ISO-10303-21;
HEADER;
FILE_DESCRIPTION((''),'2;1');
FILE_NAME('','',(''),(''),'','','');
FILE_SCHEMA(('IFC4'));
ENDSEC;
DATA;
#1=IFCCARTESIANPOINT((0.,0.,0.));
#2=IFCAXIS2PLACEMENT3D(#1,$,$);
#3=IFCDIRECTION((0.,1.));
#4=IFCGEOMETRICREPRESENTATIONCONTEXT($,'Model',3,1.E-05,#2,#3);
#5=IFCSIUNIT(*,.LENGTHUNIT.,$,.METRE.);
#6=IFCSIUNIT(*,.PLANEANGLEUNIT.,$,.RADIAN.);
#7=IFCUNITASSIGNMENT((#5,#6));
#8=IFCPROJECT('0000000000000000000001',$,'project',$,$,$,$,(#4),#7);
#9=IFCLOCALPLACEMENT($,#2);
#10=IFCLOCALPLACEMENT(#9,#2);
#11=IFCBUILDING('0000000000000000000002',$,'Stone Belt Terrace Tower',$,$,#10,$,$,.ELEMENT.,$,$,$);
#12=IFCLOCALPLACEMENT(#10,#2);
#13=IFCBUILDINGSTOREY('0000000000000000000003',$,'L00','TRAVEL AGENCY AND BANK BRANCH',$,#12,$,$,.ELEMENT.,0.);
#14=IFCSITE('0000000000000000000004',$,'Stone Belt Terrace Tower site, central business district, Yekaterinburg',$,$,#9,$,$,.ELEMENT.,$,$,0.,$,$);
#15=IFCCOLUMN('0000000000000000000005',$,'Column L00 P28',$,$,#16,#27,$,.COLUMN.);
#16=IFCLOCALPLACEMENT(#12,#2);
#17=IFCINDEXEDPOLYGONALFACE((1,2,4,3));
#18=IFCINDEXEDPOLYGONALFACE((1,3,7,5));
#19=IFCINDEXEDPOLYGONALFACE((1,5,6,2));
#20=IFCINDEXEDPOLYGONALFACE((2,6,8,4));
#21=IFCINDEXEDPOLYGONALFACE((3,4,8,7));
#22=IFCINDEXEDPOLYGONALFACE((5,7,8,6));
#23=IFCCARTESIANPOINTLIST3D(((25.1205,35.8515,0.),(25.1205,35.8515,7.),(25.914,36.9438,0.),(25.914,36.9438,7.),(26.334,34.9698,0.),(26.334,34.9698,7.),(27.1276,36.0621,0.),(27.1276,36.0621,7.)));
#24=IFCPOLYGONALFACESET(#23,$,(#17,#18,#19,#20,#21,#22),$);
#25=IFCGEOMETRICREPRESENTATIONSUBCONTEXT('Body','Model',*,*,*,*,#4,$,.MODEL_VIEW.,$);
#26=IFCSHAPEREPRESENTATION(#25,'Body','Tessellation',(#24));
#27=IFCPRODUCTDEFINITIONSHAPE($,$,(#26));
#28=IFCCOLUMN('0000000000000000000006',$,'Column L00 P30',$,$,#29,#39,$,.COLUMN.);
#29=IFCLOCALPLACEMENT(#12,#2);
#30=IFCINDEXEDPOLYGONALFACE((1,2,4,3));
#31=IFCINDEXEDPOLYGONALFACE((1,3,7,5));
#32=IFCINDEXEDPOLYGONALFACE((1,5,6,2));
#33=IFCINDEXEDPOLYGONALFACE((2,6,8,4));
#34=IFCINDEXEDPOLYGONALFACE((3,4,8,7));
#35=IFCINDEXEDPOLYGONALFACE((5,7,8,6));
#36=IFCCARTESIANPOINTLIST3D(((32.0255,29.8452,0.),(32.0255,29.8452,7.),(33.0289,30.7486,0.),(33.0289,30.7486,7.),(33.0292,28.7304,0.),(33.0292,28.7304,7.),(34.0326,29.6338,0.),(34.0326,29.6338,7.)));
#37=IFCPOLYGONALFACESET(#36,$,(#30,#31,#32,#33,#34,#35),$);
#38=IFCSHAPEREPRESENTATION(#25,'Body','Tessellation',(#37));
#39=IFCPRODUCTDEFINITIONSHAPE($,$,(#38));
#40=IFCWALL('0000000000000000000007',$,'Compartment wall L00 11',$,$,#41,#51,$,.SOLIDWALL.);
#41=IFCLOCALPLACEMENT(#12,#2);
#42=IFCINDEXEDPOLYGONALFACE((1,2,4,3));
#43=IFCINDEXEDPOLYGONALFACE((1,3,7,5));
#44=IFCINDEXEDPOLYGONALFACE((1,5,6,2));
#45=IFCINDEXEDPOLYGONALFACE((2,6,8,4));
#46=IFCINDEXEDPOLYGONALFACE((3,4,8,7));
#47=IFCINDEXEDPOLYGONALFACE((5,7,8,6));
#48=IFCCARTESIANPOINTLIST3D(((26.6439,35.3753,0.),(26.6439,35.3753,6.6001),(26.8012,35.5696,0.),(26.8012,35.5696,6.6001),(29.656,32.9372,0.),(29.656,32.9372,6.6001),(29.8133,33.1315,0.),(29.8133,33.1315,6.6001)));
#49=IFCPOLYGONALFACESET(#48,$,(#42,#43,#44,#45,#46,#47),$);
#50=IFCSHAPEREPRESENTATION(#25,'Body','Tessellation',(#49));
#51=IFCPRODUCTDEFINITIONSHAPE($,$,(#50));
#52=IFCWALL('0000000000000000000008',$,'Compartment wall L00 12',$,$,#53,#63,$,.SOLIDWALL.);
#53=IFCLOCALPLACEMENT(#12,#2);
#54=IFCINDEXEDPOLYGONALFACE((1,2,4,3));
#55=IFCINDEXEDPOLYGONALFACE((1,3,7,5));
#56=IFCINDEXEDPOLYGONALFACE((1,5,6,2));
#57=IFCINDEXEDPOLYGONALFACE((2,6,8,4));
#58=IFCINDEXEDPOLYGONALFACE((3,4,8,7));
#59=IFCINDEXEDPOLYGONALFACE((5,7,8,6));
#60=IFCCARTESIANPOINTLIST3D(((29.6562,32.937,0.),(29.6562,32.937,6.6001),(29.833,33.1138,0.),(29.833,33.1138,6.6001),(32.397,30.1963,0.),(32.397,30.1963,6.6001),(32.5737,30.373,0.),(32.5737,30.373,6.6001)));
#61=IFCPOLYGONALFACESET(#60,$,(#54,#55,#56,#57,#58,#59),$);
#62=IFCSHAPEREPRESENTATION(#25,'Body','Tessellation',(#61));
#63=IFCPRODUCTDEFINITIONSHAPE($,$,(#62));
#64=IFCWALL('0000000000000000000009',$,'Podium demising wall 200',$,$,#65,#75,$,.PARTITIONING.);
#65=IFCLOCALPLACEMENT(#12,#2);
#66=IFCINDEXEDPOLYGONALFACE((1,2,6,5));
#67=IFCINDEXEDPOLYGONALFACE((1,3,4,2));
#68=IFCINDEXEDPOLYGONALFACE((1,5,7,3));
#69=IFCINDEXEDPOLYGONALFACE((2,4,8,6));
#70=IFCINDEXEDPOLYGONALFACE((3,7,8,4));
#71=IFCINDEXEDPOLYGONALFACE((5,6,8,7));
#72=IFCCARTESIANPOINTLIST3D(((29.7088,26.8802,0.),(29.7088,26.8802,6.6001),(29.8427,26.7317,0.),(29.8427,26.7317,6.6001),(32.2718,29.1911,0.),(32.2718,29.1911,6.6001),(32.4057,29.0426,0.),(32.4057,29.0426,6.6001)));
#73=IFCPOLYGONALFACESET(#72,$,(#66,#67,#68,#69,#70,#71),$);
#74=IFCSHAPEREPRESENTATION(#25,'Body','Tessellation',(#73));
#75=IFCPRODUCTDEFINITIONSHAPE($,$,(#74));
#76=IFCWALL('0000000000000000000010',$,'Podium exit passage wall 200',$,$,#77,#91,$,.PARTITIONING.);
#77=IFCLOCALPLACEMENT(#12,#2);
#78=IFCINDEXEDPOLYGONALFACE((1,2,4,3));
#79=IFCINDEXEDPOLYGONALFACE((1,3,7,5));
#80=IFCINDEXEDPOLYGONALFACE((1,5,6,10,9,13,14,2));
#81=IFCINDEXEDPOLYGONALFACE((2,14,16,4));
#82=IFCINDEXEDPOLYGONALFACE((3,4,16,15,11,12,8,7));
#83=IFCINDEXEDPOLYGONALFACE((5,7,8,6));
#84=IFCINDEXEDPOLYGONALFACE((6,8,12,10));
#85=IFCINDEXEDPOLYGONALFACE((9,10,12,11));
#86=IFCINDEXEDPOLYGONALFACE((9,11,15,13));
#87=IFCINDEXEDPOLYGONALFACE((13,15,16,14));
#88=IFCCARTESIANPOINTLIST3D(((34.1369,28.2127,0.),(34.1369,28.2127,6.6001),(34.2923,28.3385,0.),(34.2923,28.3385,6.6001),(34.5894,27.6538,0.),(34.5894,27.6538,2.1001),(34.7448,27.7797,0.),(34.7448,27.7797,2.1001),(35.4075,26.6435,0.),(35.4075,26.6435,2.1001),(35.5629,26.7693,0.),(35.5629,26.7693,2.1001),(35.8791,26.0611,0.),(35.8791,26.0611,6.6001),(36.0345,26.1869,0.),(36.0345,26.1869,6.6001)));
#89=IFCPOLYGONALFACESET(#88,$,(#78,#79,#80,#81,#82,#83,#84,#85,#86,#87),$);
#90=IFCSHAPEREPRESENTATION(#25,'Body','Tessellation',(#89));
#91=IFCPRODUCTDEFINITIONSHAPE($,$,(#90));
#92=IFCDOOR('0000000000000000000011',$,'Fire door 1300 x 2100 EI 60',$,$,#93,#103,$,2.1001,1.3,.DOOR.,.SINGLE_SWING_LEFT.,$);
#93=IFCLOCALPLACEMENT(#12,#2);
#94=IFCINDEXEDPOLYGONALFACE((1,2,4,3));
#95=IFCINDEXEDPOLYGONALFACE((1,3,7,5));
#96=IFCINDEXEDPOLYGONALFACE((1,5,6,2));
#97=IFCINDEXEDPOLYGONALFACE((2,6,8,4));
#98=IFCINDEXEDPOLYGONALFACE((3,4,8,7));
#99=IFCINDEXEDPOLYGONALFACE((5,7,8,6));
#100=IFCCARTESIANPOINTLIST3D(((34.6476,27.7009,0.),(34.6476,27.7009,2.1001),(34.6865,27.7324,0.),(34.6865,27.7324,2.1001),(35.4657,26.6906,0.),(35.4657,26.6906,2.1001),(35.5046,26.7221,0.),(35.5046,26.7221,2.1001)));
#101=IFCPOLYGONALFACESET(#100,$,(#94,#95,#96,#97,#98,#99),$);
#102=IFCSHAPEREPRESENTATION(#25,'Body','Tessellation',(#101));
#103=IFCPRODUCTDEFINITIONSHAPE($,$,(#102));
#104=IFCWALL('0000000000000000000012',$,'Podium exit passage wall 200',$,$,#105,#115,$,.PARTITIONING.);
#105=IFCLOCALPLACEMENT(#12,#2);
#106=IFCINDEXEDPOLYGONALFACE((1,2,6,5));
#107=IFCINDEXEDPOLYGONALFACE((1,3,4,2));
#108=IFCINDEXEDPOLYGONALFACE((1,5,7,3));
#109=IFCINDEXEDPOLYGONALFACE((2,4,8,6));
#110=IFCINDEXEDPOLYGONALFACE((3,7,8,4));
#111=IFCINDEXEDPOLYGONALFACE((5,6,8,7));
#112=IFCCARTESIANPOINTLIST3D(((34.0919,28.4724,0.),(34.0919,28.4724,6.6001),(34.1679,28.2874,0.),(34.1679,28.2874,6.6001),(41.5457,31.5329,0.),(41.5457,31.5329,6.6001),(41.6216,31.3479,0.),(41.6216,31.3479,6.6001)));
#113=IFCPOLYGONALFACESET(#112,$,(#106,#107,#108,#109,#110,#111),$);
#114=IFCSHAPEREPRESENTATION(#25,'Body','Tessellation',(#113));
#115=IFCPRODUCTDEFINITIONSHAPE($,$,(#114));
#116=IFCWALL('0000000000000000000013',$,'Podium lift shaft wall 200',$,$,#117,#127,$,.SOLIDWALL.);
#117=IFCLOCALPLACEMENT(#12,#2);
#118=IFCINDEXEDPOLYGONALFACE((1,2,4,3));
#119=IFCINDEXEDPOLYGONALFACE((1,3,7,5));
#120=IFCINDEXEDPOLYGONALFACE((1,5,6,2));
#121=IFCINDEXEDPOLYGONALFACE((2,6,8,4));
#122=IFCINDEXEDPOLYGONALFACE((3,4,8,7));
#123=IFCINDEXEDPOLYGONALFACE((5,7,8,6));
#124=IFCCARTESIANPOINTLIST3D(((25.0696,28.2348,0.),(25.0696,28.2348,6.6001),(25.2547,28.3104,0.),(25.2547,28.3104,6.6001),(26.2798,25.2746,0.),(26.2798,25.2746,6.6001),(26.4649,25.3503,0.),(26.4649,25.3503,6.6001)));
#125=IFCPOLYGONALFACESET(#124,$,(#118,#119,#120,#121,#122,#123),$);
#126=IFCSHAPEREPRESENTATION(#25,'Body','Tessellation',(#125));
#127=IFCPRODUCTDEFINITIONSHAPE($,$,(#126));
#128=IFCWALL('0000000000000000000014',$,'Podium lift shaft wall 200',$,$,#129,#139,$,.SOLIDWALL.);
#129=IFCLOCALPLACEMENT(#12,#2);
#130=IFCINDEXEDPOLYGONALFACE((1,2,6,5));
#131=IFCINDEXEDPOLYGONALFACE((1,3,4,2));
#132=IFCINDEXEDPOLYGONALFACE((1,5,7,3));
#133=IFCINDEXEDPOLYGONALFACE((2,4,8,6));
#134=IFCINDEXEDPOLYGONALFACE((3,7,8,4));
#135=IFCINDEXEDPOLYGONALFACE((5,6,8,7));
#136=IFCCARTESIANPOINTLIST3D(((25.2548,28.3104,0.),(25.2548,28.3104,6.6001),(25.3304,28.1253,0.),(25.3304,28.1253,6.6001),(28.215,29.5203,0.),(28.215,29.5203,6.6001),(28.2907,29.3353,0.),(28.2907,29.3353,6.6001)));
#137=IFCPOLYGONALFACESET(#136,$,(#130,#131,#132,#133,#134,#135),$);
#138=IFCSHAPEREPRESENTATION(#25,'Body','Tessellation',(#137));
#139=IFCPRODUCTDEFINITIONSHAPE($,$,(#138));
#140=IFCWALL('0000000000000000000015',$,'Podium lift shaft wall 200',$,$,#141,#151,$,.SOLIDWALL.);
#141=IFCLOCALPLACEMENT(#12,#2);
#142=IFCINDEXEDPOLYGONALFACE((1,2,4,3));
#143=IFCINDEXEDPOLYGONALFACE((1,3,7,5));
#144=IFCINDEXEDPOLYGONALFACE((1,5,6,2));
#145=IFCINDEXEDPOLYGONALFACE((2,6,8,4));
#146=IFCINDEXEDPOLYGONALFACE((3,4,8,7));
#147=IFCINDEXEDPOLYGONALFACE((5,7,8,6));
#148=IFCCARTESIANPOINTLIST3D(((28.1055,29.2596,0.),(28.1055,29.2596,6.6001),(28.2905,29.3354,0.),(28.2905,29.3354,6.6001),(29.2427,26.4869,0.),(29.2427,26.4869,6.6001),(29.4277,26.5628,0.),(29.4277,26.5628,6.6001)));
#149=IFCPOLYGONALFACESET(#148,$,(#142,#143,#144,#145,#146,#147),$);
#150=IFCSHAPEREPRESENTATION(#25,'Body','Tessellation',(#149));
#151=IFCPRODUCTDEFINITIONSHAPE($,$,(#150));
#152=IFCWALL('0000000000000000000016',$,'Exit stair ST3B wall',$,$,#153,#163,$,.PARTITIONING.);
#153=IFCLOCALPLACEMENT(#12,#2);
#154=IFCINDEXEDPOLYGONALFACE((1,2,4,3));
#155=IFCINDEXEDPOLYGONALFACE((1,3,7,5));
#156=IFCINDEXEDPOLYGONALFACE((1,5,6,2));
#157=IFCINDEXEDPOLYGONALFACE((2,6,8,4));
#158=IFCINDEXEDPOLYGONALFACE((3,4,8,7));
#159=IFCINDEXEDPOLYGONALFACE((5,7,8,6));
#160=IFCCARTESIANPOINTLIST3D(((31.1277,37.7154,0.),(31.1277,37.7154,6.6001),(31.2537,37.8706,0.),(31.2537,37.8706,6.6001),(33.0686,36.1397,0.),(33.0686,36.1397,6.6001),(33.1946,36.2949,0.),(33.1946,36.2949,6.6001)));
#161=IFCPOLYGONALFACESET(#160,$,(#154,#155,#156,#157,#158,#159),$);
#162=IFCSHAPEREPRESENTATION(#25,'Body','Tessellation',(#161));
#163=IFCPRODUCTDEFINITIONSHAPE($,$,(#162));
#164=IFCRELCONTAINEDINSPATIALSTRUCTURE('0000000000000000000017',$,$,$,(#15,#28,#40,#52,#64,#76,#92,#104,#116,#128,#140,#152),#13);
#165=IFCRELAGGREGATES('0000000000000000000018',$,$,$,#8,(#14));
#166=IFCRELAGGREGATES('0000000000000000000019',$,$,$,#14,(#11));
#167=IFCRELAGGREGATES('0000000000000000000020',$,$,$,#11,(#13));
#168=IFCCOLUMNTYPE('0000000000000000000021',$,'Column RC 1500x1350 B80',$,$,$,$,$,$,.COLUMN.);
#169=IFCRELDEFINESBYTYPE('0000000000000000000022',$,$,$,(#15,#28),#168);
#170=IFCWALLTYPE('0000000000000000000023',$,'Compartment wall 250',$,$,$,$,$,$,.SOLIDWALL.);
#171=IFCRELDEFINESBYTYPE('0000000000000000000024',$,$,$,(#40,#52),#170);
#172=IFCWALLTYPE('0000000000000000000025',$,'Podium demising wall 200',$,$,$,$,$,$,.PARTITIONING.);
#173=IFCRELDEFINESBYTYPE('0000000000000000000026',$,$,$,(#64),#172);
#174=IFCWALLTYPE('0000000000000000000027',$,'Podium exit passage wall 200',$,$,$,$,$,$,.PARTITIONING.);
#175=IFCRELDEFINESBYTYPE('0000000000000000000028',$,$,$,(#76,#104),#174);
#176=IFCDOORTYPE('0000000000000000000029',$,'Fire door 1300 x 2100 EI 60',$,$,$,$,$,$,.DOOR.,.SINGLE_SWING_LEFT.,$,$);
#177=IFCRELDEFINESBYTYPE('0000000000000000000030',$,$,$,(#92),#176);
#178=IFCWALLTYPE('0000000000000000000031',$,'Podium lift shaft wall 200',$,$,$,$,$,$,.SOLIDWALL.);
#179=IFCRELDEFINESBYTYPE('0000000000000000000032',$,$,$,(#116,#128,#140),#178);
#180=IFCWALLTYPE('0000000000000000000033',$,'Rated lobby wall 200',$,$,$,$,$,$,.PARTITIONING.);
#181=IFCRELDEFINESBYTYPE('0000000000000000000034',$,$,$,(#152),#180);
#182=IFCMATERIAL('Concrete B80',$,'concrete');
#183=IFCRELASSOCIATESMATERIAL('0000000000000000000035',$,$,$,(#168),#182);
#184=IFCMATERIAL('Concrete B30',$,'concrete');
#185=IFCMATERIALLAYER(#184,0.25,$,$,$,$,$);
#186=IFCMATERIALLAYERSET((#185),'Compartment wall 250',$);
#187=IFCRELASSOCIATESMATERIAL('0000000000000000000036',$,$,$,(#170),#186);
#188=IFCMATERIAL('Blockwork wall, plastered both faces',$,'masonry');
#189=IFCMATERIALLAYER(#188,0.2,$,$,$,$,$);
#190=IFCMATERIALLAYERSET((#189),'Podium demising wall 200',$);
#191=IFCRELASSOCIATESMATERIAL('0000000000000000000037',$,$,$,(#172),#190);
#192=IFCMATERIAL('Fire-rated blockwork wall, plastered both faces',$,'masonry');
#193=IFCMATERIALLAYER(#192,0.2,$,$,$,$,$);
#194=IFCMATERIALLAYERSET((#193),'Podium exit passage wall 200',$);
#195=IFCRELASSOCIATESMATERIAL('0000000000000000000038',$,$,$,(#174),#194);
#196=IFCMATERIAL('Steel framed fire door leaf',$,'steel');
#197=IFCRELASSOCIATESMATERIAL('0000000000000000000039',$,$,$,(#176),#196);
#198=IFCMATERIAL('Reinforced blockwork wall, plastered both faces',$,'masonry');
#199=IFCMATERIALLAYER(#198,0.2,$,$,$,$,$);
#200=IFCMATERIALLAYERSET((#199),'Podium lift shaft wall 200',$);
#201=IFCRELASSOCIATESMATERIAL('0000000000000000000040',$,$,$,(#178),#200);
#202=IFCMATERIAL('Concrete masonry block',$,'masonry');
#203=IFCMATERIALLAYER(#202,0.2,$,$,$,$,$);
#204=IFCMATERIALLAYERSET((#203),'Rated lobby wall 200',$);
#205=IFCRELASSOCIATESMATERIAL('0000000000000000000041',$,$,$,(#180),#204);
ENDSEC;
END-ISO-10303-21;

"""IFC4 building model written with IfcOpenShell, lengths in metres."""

from ifc_helpers import new_model, si_unit, direction, frame, frame_2d, origin, origin_2d, place, context, subcontext, project, spatial, rectangle, extrude, material, layer, layer_set, material_profile, profile_set, type_object, element, fill, save


model = new_model("IFC4")

# Units and contexts
model_context = context("Model", 3, precision=1e-05, world=origin(), true_north=direction((0.0, 1.0)))
body_context = subcontext(model_context, "Body", "Model", "MODEL_VIEW")
ifc_project = project(units=[si_unit("LENGTHUNIT", "METRE"), si_unit("PLANEANGLEUNIT", "RADIAN")], contexts=[model_context])

# Site, building, storey
site_placement = place(None, origin())
site = spatial("IfcSite", under=ifc_project, at=site_placement, Name="Stone Belt Terrace Tower site, central business district, Yekaterinburg", CompositionType="ELEMENT", RefElevation=0.0)
building_placement = place(site_placement, origin())
building = spatial("IfcBuilding", under=site, at=building_placement, Name="Stone Belt Terrace Tower", CompositionType="ELEMENT")
storey_placement = place(building_placement, origin())
storey = spatial("IfcBuildingStorey", under=building, at=storey_placement, Name="L00", Description="TRAVEL AGENCY AND BANK BRANCH", CompositionType="ELEMENT", Elevation=0.0)

# Columns
ifc_material_1 = material(Name="Concrete B80", Category="concrete")
ifc_material_profile = material_profile(ifc_material_1, rectangle(XDim=1.5, YDim=1.3501, at=origin_2d()), Name="RC 1500x1350")
ifc_profile_set = profile_set([ifc_material_profile], Name="Concrete B80")
column_type = type_object("IfcColumnType", Name="Column RC 1500x1350 B80", PredefinedType="COLUMN", material=ifc_profile_set)
for number, where, z_axis, x_axis, name in (
    (1, (26.124, 35.9568, 0.0), (0.0, 0.0, 1.0), (0.809017, -0.587785, 0.0), "Column L00 P28"),
    (2, (33.0291, 29.7395, 0.0), (0.0, 0.0, 1.0), (0.669131, -0.743145, 0.0), "Column L00 P30"),
):
    element("IfcColumn", number, at=place(storey_placement, frame(where, z_axis=z_axis, x_axis=x_axis)), inside=storey, type_object=column_type, Name=name, PredefinedType="COLUMN", context=body_context, shape_type="SweptSolid", body=[
        extrude(rectangle(XDim=1.5, YDim=1.3501, at=origin_2d()), origin(), (0.0, 0.0, 1.0), 7.0),
    ])

# Walls
ifc_material_2 = material(Name="Concrete B30", Category="concrete")
ifc_layer_1 = layer(ifc_material_2, 0.25)
ifc_layer_set_1 = layer_set([ifc_layer_1], Name="Compartment wall 250")
wall_type_1 = type_object("IfcWallType", Name="Compartment wall 250", PredefinedType="SOLIDWALL", material=ifc_layer_set_1)
wall_1_placement = place(storey_placement, frame((26.7227, 35.4724, 0.0), z_axis=(0.0, 0.0, 1.0), x_axis=(0.777273, -0.629164, 0.0)))
element("IfcWall", 3, at=wall_1_placement, inside=storey, type_object=wall_type_1, Name="Compartment wall L00 11", PredefinedType="SOLIDWALL", context=body_context, shape_type="SweptSolid", body=[
    extrude(rectangle(XDim=3.8752, YDim=0.25, at=frame_2d((1.9375, 0.0))), origin(), (0.0, 0.0, 1.0), 6.6001),
])
wall_2_placement = place(storey_placement, frame((29.7446, 33.0254, 0.0), z_axis=(0.0, 0.0, 1.0), x_axis=(0.707107, -0.707107, 0.0)))
element("IfcWall", 4, at=wall_2_placement, inside=storey, type_object=wall_type_1, Name="Compartment wall L00 12", PredefinedType="SOLIDWALL", context=body_context, shape_type="SweptSolid", body=[
    extrude(rectangle(XDim=3.876, YDim=0.25, at=frame_2d((1.938, 0.0))), origin(), (0.0, 0.0, 1.0), 6.6001),
])
ifc_material_3 = material(Name="Blockwork wall, plastered both faces", Category="masonry")
ifc_layer_2 = layer(ifc_material_3, 0.2)
ifc_layer_set_2 = layer_set([ifc_layer_2], Name="Podium demising wall 200")
wall_type_2 = type_object("IfcWallType", Name="Podium demising wall 200", PredefinedType="PARTITIONING", material=ifc_layer_set_2)
wall_3_placement = place(storey_placement, frame((29.7756, 26.8059, 0.0), z_axis=(0.0, 0.0, 1.0), x_axis=(0.742703, 0.669621, 0.0)))
element("IfcWall", 5, at=wall_3_placement, inside=storey, type_object=wall_type_2, Name="Podium demising wall 200", PredefinedType="PARTITIONING", context=body_context, shape_type="SweptSolid", body=[
    extrude(rectangle(XDim=3.4509, YDim=0.2, at=frame_2d((1.7256, 0.0))), origin(), (0.0, 0.0, 1.0), 6.6001),
])

# Wall, opening, door
ifc_material_4 = material(Name="Fire-rated blockwork wall, plastered both faces", Category="masonry")
ifc_layer_3 = layer(ifc_material_4, 0.2)
ifc_layer_set_3 = layer_set([ifc_layer_3], Name="Podium exit passage wall 200")
wall_type_3 = type_object("IfcWallType", Name="Podium exit passage wall 200", PredefinedType="PARTITIONING", material=ifc_layer_set_3)
wall_4_placement = place(storey_placement, frame((34.2146, 28.2756, 0.0), z_axis=(0.0, 0.0, 1.0), x_axis=(0.629287, -0.777173, 0.0)))
wall_4 = element("IfcWall", 6, at=wall_4_placement, inside=storey, type_object=wall_type_3, Name="Podium exit passage wall 200", PredefinedType="PARTITIONING", context=body_context, shape_type="SweptSolid", body=[
    extrude(rectangle(XDim=2.7686, YDim=0.2, at=frame_2d((1.3843, 0.0))), origin(), (0.0, 0.0, 1.0), 6.6001),
])
opening_1_placement = place(wall_4_placement, frame((0.7192, 0.0, 0.0)))
opening_1 = element("IfcOpeningElement", 7, at=opening_1_placement, cuts=wall_4, PredefinedType="OPENING", context=body_context, shape_type="SweptSolid", body=[
    extrude(rectangle(XDim=1.3, YDim=2.1001, at=frame_2d((0.6499, 1.05))), frame((0.0, 0.1099, 0.0), z_axis=(0.0, -1.0, 0.0), x_axis=(1.0, 0.0, 0.0)), (0.0, 0.0, 1.0), 0.22),
])
ifc_material_5 = material(Name="Steel framed fire door leaf", Category="steel")
door_type_1 = type_object("IfcDoorType", Name="Fire door 1300 x 2100 EI 60", OperationType="SINGLE_SWING_LEFT", PredefinedType="DOOR", material=ifc_material_5)
door_1_placement = place(opening_1_placement, origin())
door_1 = element("IfcDoor", 8, at=door_1_placement, inside=storey, type_object=door_type_1, Name="Fire door 1300 x 2100 EI 60", OperationType="SINGLE_SWING_LEFT", OverallHeight=2.1001, OverallWidth=1.3, PredefinedType="DOOR", context=body_context, shape_type="SweptSolid", body=[
    extrude(rectangle(XDim=1.3, YDim=2.1001, at=frame_2d((0.6499, 1.05))), frame((0.0, 0.0249, 0.0), z_axis=(0.0, -1.0, 0.0), x_axis=(1.0, 0.0, 0.0)), (0.0, 0.0, 1.0), 0.05),
])
fill(opening_1, door_1)

# Walls
wall_5_placement = place(storey_placement, frame((34.1299, 28.3799, 0.0), z_axis=(0.0, 0.0, 1.0), x_axis=(0.925057, 0.379828, 0.0)))
element("IfcWall", 9, at=wall_5_placement, inside=storey, type_object=wall_type_3, Name="Podium exit passage wall 200", PredefinedType="PARTITIONING", context=body_context, shape_type="SweptSolid", body=[
    extrude(rectangle(XDim=8.0576, YDim=0.2, at=frame_2d((4.0288, 0.0))), origin(), (0.0, 0.0, 1.0), 6.6001),
])
ifc_material_6 = material(Name="Reinforced blockwork wall, plastered both faces", Category="masonry")
ifc_layer_4 = layer(ifc_material_6, 0.2)
ifc_layer_set_4 = layer_set([ifc_layer_4], Name="Podium lift shaft wall 200")
wall_type_4 = type_object("IfcWallType", Name="Podium lift shaft wall 200", PredefinedType="SOLIDWALL", material=ifc_layer_set_4)
for number, where, z_axis, x_axis, name in (
    (10, (25.1621, 28.2727, 0.0), (0.0, 0.0, 1.0), (0.378422, -0.925633, 0.0), "Podium lift shaft wall 200"),
    (11, (25.2925, 28.2178, 0.0), (0.0, 0.0, 1.0), (0.92566, 0.378356, 0.0), "Podium lift shaft wall 200"),
):
    element("IfcWall", number, at=place(storey_placement, frame(where, z_axis=z_axis, x_axis=x_axis)), inside=storey, type_object=wall_type_4, Name=name, PredefinedType="SOLIDWALL", context=body_context, shape_type="SweptSolid", body=[
        extrude(rectangle(XDim=3.198, YDim=0.2, at=frame_2d((1.5991, 0.0))), origin(), (0.0, 0.0, 1.0), 6.6001),
    ])
wall_6_placement = place(storey_placement, frame((28.198, 29.2976, 0.0), z_axis=(0.0, 0.0, 1.0), x_axis=(0.379467, -0.925205, 0.0)))
element("IfcWall", 12, at=wall_6_placement, inside=storey, type_object=wall_type_4, Name="Podium lift shaft wall 200", PredefinedType="SOLIDWALL", context=body_context, shape_type="SweptSolid", body=[
    extrude(rectangle(XDim=2.9968, YDim=0.2, at=frame_2d((1.4985, 0.0))), origin(), (0.0, 0.0, 1.0), 6.6001),
])
ifc_material_7 = material(Name="Concrete masonry block", Category="masonry")
ifc_layer_5 = layer(ifc_material_7, 0.2)
ifc_layer_set_5 = layer_set([ifc_layer_5], Name="Rated lobby wall 200")
wall_type_5 = type_object("IfcWallType", Name="Rated lobby wall 200", PredefinedType="PARTITIONING", material=ifc_layer_set_5)
wall_7_placement = place(storey_placement, frame((31.1907, 37.793, 0.0), z_axis=(0.0, 0.0, 1.0), x_axis=(0.776371, -0.630276, 0.0)))
element("IfcWall", 13, at=wall_7_placement, inside=storey, type_object=wall_type_5, Name="Exit stair ST3B wall", PredefinedType="PARTITIONING", context=body_context, shape_type="SweptSolid", body=[
    extrude(rectangle(XDim=2.5, YDim=0.2, at=frame_2d((1.25, 0.0))), origin(), (0.0, 0.0, 1.0), 6.6001),
])

save(model, "model.ifc")
